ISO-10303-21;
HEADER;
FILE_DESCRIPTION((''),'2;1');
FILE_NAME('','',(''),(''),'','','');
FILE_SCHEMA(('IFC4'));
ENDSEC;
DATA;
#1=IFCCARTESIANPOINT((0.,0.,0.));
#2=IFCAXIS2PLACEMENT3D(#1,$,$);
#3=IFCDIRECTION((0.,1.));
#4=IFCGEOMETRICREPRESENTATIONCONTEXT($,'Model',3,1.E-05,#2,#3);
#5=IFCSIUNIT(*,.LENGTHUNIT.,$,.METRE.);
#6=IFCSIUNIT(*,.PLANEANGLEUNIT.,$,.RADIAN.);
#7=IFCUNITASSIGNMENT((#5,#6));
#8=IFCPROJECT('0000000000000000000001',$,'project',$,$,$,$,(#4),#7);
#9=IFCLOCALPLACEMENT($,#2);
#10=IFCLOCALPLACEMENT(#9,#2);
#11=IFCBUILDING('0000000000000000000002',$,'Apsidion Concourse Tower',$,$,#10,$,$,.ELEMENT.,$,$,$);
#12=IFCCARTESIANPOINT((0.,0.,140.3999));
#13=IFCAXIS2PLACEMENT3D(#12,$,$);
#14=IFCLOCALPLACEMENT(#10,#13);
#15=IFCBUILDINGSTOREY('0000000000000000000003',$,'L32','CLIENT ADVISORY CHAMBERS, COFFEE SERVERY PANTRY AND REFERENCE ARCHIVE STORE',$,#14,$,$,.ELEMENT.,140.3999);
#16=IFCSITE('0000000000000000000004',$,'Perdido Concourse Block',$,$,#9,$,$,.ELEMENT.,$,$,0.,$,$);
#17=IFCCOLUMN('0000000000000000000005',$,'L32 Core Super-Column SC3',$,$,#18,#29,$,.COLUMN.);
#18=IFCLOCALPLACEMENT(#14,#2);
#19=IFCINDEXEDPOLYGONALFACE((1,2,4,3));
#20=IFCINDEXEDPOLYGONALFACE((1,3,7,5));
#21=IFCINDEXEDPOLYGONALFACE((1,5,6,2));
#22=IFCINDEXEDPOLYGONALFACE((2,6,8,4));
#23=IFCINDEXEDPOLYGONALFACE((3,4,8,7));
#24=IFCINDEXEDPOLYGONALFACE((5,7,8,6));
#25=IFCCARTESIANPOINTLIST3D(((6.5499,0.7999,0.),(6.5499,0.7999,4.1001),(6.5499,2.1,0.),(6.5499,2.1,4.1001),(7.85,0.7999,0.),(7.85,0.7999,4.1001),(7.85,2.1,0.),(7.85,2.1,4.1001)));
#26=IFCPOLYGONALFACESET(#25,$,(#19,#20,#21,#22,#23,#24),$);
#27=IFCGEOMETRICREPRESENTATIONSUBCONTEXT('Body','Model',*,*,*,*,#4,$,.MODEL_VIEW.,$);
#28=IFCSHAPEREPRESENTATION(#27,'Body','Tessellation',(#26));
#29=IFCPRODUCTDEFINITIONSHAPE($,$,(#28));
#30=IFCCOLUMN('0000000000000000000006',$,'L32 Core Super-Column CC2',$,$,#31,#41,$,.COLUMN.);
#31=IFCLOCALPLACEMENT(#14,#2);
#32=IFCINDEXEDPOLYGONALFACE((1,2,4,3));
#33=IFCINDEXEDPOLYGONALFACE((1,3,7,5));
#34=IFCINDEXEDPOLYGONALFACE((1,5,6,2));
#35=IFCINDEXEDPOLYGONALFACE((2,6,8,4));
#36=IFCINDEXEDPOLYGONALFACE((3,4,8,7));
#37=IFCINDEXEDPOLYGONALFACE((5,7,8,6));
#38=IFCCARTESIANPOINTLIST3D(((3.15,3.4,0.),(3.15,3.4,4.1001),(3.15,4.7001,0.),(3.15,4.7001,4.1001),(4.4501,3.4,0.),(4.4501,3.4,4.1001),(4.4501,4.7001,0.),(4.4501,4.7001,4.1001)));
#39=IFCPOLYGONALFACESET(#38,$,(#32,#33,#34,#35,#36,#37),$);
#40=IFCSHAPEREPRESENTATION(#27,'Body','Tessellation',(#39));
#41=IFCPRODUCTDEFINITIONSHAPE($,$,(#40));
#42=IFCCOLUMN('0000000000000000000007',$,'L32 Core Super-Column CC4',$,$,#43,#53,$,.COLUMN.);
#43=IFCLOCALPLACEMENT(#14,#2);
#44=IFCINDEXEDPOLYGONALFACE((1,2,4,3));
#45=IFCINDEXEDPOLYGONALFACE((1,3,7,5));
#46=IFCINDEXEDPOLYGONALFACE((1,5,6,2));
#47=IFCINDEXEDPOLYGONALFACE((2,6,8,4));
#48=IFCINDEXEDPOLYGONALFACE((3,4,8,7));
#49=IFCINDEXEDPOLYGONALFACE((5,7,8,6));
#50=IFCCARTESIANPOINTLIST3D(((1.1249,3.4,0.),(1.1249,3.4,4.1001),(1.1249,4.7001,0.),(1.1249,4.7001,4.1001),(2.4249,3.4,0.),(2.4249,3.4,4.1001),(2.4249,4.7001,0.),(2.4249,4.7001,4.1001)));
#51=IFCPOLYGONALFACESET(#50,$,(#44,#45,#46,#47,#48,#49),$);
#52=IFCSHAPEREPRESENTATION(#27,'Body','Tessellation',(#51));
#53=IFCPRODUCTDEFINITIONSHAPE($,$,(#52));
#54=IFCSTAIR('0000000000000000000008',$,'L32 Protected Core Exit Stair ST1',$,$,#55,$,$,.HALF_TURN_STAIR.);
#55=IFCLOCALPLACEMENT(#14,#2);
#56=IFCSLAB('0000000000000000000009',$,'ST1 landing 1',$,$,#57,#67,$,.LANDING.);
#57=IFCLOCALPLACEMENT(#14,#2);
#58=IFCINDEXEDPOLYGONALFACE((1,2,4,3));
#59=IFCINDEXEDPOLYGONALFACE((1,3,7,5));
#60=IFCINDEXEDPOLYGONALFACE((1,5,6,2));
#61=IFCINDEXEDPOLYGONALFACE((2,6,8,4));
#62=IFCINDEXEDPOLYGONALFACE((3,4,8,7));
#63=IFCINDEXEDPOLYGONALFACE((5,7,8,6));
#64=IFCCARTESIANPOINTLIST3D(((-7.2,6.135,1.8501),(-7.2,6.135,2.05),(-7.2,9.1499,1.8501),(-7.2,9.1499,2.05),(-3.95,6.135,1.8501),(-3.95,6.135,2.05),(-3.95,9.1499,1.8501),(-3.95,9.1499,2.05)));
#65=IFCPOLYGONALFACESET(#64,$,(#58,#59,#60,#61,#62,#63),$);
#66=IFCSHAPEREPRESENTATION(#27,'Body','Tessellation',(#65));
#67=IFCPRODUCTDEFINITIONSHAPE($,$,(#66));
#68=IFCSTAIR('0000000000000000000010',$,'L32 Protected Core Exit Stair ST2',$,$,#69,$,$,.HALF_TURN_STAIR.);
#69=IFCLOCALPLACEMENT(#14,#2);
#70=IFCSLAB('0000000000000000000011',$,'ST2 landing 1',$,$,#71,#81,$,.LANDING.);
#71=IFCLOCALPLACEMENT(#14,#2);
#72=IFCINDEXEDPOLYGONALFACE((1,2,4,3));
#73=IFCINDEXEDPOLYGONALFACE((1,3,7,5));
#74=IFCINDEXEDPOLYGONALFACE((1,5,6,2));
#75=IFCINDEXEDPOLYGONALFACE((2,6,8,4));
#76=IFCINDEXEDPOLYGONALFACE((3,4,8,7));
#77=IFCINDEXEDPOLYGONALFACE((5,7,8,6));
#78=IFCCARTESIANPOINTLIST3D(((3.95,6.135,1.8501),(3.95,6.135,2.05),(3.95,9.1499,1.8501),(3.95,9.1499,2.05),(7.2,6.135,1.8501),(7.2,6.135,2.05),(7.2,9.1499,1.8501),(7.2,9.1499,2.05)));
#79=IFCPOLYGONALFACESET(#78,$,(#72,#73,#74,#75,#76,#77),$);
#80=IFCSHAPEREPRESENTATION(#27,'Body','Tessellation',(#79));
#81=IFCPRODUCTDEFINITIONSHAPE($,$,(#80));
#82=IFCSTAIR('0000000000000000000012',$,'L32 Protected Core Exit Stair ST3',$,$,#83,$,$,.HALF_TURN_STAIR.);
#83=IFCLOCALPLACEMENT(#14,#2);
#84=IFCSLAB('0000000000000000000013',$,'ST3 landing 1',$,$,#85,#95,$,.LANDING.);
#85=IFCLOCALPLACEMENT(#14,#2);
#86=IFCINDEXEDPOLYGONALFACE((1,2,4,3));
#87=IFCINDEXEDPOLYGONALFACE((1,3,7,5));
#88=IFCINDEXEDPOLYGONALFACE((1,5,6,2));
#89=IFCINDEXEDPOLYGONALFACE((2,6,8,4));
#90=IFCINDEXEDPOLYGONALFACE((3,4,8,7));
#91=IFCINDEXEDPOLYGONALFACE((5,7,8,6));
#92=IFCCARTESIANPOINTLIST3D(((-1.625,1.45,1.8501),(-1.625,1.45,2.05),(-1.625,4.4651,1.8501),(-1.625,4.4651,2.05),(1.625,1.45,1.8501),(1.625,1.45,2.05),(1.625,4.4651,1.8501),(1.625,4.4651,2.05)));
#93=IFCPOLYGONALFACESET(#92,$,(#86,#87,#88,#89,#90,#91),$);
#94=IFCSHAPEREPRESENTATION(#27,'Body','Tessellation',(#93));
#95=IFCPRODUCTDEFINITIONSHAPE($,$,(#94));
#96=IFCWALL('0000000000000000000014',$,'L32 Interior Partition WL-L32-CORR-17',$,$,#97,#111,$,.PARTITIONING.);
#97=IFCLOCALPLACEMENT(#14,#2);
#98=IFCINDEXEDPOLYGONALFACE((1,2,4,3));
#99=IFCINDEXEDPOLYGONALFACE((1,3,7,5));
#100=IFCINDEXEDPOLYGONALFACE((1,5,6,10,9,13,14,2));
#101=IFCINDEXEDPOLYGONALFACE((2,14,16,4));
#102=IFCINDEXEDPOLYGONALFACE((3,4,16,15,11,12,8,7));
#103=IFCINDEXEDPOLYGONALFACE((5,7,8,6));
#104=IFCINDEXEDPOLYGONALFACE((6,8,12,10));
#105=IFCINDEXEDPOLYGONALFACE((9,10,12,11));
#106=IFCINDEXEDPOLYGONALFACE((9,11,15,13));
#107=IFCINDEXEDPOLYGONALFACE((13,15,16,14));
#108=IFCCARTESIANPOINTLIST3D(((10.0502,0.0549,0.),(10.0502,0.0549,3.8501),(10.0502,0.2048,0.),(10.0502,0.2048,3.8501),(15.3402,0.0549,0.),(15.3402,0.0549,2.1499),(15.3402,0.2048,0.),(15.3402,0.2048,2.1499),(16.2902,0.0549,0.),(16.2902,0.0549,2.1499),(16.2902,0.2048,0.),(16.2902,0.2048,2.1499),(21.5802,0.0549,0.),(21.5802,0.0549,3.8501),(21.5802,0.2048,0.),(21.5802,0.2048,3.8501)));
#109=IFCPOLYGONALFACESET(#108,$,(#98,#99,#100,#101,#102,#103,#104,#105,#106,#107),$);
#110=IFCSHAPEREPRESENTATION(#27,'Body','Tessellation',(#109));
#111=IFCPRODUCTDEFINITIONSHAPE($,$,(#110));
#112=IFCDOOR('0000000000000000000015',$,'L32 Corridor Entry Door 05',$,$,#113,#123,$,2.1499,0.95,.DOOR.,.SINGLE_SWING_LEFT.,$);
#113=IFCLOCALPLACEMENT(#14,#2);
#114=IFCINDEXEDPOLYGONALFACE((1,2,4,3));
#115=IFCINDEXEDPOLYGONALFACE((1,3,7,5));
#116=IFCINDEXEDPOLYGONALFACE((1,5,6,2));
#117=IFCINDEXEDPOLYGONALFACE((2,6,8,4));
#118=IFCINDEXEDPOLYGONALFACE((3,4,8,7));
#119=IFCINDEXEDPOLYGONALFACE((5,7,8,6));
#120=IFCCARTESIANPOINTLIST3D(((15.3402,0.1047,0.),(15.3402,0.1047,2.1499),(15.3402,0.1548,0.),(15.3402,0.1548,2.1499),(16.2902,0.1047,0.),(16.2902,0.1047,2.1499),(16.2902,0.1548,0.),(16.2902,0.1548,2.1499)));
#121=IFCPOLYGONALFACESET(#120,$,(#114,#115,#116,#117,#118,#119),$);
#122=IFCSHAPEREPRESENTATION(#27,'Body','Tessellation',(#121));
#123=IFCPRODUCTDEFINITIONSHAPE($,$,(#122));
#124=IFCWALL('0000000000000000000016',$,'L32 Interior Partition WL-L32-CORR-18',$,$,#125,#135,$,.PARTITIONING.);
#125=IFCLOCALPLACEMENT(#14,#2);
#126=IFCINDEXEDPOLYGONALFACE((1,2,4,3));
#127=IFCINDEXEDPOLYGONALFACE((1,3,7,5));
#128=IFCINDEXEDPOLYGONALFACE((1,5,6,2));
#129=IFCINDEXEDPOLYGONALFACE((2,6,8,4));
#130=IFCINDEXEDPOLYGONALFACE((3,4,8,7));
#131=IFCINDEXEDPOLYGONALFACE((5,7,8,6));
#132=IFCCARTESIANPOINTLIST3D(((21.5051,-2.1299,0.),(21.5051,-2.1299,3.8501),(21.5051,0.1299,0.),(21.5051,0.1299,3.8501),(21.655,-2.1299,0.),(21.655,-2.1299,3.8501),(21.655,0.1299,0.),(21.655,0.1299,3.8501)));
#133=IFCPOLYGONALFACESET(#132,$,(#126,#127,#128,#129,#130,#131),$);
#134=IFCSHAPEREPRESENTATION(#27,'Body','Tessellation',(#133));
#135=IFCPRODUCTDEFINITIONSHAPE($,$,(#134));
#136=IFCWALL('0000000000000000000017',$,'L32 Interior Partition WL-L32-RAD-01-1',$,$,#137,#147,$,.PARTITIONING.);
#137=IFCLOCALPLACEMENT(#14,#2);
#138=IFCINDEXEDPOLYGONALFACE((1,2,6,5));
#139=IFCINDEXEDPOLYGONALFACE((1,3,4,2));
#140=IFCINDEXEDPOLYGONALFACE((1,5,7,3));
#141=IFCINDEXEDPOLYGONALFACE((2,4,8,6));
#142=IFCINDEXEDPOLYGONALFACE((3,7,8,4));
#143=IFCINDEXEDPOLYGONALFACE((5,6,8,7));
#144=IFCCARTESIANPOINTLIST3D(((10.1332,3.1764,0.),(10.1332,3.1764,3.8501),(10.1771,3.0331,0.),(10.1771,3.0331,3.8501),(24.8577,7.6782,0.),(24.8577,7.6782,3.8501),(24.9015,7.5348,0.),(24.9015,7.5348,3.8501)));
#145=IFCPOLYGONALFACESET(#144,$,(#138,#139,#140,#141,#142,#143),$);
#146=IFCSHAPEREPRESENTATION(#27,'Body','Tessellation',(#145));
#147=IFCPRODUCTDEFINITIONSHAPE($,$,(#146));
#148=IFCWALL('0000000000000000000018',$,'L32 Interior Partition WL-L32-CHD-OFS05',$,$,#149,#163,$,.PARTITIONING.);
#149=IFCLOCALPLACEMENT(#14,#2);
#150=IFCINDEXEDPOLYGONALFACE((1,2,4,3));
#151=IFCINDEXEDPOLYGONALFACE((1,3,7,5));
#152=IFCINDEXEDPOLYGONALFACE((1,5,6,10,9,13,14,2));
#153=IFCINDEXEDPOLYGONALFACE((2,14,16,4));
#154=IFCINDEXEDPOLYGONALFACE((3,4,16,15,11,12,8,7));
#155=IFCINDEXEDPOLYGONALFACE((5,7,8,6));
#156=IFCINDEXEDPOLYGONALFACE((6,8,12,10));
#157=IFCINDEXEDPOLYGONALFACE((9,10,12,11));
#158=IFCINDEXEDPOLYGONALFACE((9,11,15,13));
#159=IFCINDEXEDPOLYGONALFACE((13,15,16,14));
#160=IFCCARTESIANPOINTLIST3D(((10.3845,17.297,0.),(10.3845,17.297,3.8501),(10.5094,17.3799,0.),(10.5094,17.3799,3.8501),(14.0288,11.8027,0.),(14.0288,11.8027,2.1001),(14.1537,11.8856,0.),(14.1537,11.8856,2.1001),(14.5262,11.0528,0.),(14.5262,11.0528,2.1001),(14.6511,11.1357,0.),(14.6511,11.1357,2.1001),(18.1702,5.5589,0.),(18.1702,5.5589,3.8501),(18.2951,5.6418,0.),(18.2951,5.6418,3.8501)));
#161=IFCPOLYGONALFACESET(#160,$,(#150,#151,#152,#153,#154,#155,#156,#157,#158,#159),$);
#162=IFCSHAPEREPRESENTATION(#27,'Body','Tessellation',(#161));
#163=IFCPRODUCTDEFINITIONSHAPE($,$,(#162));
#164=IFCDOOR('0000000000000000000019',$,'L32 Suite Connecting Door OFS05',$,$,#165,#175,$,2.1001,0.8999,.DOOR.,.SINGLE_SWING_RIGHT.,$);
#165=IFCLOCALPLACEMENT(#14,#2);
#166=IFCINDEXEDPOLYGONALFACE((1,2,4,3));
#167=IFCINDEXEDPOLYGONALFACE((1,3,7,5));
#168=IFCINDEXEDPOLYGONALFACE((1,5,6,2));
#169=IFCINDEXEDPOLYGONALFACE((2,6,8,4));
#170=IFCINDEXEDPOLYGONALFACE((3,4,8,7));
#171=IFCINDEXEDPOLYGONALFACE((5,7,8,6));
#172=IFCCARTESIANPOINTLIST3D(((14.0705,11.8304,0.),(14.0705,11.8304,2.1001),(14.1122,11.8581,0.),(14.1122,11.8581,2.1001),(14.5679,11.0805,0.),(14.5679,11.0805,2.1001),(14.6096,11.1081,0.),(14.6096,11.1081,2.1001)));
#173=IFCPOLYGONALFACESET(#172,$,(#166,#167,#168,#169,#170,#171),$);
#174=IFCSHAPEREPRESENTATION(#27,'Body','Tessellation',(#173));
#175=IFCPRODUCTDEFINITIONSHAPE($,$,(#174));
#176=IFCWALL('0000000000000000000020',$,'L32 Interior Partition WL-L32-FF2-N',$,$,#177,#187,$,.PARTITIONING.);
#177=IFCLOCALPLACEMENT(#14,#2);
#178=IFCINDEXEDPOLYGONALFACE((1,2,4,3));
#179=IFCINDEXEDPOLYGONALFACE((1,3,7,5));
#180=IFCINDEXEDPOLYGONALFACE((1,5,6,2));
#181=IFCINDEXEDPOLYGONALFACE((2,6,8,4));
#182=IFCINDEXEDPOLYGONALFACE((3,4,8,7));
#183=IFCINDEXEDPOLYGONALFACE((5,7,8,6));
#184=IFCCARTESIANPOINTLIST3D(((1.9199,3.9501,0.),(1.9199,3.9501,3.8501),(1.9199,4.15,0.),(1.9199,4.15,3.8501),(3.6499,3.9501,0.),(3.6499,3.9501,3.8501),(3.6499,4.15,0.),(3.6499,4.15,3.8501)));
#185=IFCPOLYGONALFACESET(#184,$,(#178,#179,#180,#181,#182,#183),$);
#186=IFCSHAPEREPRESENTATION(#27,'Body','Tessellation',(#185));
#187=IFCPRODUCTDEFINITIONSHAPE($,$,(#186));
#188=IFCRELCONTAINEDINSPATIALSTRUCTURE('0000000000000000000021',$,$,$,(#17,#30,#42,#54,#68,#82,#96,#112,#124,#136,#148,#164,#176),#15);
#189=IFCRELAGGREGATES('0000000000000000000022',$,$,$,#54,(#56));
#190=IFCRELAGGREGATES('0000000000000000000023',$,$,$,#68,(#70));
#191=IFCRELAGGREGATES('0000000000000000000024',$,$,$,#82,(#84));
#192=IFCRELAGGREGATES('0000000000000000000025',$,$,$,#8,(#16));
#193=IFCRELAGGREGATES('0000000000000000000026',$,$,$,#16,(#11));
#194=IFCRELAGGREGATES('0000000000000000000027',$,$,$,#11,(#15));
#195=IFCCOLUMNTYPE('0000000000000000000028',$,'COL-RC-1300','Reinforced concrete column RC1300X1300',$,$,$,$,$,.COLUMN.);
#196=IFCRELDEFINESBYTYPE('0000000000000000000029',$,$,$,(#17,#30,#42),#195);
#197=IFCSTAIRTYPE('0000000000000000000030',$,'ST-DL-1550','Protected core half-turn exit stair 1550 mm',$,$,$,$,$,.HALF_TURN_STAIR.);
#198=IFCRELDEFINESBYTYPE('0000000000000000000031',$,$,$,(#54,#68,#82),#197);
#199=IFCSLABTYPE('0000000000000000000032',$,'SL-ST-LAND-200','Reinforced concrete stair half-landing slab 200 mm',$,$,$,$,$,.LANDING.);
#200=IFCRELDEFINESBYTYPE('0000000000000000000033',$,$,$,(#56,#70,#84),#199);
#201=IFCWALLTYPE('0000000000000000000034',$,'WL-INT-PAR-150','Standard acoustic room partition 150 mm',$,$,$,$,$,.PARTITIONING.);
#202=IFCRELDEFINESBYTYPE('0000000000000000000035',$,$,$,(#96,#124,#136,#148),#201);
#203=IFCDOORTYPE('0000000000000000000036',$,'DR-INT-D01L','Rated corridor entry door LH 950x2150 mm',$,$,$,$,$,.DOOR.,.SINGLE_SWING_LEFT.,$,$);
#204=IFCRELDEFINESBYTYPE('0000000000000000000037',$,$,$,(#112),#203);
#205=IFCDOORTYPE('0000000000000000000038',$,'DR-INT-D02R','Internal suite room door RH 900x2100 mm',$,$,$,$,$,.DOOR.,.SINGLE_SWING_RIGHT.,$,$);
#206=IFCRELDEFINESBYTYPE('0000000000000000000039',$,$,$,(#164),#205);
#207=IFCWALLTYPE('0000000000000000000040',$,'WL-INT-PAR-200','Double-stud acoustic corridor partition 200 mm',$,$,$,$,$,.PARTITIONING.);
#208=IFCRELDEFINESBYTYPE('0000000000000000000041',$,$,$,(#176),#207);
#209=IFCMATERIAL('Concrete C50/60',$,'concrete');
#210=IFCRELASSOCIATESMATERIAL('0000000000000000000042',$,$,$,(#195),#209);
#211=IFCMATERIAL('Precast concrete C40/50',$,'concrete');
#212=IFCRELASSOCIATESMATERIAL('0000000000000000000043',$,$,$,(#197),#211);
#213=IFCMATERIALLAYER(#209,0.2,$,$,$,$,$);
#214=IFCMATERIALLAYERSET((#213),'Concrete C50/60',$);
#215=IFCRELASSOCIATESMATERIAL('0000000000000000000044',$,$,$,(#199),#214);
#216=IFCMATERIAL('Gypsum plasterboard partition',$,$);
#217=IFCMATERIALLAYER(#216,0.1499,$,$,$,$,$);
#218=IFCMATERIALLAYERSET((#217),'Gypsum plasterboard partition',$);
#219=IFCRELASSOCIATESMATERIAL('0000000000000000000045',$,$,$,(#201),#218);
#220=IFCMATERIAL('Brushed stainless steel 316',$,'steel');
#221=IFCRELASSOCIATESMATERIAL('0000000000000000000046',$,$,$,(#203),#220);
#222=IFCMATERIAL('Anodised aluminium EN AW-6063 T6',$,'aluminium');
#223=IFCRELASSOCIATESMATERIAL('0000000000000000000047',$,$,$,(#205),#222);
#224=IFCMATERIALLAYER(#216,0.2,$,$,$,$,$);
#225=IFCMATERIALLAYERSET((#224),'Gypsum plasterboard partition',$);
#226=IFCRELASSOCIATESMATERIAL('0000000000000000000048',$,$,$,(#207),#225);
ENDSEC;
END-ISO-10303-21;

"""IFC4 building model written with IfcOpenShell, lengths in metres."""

from ifc_helpers import new_model, si_unit, direction, frame, frame_2d, origin, origin_2d, place, context, subcontext, project, spatial, polyline, rectangle, outline, extrude, material, layer, layer_set, material_profile, profile_set, type_object, element, fill, aggregate, save


model = new_model("IFC4")

# Units and contexts
model_context = context("Model", 3, precision=1e-05, world=origin(), true_north=direction((0.0, 1.0)))
body_context = subcontext(model_context, "Body", "Model", "MODEL_VIEW")
ifc_project = project(units=[si_unit("LENGTHUNIT", "METRE"), si_unit("PLANEANGLEUNIT", "RADIAN")], contexts=[model_context])

# Site, building, storey
site_placement = place(None, origin())
site = spatial("IfcSite", under=ifc_project, at=site_placement, Name="Perdido Concourse Block", CompositionType="ELEMENT", RefElevation=0.0)
building_placement = place(site_placement, origin())
building = spatial("IfcBuilding", under=site, at=building_placement, Name="Apsidion Concourse Tower", CompositionType="ELEMENT")
storey_placement = place(building_placement, frame((0.0, 0.0, 140.3999)))
storey = spatial("IfcBuildingStorey", under=building, at=storey_placement, Name="L32", Description="CLIENT ADVISORY CHAMBERS, COFFEE SERVERY PANTRY AND REFERENCE ARCHIVE STORE", CompositionType="ELEMENT", Elevation=140.3999)

# Columns
ifc_material_1 = material(Name="Concrete C50/60", Category="concrete")
ifc_material_profile = material_profile(ifc_material_1, rectangle(XDim=1.3, YDim=1.3, at=origin_2d()), Name="RC 1300x1300")
ifc_profile_set = profile_set([ifc_material_profile], Name="Concrete C50/60")
column_type = type_object("IfcColumnType", Name="COL-RC-1300", Description="Reinforced concrete column RC1300X1300", PredefinedType="COLUMN", material=ifc_profile_set)
for number, where, z_axis, x_axis, name in (
    (1, (7.2, 1.45, 0.0), (0.0, 0.0, 1.0), (1.0, 0.0, 0.0), "L32 Core Super-Column SC3"),
    (2, (3.8, 4.05, 0.0), (0.0, 0.0, 1.0), (1.0, 0.0, 0.0), "L32 Core Super-Column CC2"),
    (3, (1.7749, 4.05, 0.0), (0.0, 0.0, 1.0), (1.0, 0.0, 0.0), "L32 Core Super-Column CC4"),
):
    element("IfcColumn", number, at=place(storey_placement, frame(where, z_axis=z_axis, x_axis=x_axis)), inside=storey, type_object=column_type, Name=name, PredefinedType="COLUMN", context=body_context, shape_type="SweptSolid", body=[
        extrude(rectangle(XDim=1.3, YDim=1.3, at=origin_2d()), origin(), (0.0, 0.0, 1.0), 4.1001),
    ])

# Stairs, slabs
ifc_material_2 = material(Name="Precast concrete C40/50", Category="concrete")
stair_type = type_object("IfcStairType", Name="ST-DL-1550", Description="Protected core half-turn exit stair 1550 mm", PredefinedType="HALF_TURN_STAIR", material=ifc_material_2)
stair_1_placement = place(storey_placement, origin())
stair_1 = element("IfcStair", 4, at=stair_1_placement, inside=storey, type_object=stair_type, Name="L32 Protected Core Exit Stair ST1", PredefinedType="HALF_TURN_STAIR")
ifc_layer_1 = layer(ifc_material_1, 0.2)
ifc_layer_set_1 = layer_set([ifc_layer_1], Name="Concrete C50/60")
slab_type = type_object("IfcSlabType", Name="SL-ST-LAND-200", Description="Reinforced concrete stair half-landing slab 200 mm", PredefinedType="LANDING", material=ifc_layer_set_1)
slab_1_placement = place(storey_placement, frame((0.0, 0.0, 1.8501)))
slab_1 = element("IfcSlab", 5, at=slab_1_placement, type_object=slab_type, Name="ST1 landing 1", PredefinedType="LANDING", context=body_context, shape_type="SweptSolid", body=[
    extrude(outline(polyline([(-3.95, 6.135), (-3.95, 9.1499), (-7.2, 9.1499), (-7.2, 6.135), (-3.95, 6.135)])), origin(), (0.0, 0.0, 1.0), 0.2),
])
aggregate(stair_1, [slab_1])
stair_2_placement = place(storey_placement, origin())
stair_2 = element("IfcStair", 6, at=stair_2_placement, inside=storey, type_object=stair_type, Name="L32 Protected Core Exit Stair ST2", PredefinedType="HALF_TURN_STAIR")
slab_2_placement = place(storey_placement, frame((0.0, 0.0, 1.8501)))
slab_2 = element("IfcSlab", 7, at=slab_2_placement, type_object=slab_type, Name="ST2 landing 1", PredefinedType="LANDING", context=body_context, shape_type="SweptSolid", body=[
    extrude(outline(polyline([(7.2, 6.135), (7.2, 9.1499), (3.95, 9.1499), (3.95, 6.135), (7.2, 6.135)])), origin(), (0.0, 0.0, 1.0), 0.2),
])
stair_3_placement = place(storey_placement, origin())
stair_3 = element("IfcStair", 8, at=stair_3_placement, inside=storey, type_object=stair_type, Name="L32 Protected Core Exit Stair ST3", PredefinedType="HALF_TURN_STAIR")
slab_3_placement = place(storey_placement, frame((0.0, 0.0, 1.8501)))
slab_3 = element("IfcSlab", 9, at=slab_3_placement, type_object=slab_type, Name="ST3 landing 1", PredefinedType="LANDING", context=body_context, shape_type="SweptSolid", body=[
    extrude(outline(polyline([(-1.625, 4.4651), (-1.625, 1.45), (1.625, 1.45), (1.625, 4.4651), (-1.625, 4.4651)])), origin(), (0.0, 0.0, 1.0), 0.2),
])

# Wall, opening, door
ifc_material_3 = material(Name="Gypsum plasterboard partition")
ifc_layer_2 = layer(ifc_material_3, 0.1499)
ifc_layer_set_2 = layer_set([ifc_layer_2], Name="Gypsum plasterboard partition")
wall_type_1 = type_object("IfcWallType", Name="WL-INT-PAR-150", Description="Standard acoustic room partition 150 mm", PredefinedType="PARTITIONING", material=ifc_layer_set_2)
wall_1_placement = place(storey_placement, frame((10.05, 0.1299, 0.0), z_axis=(0.0, 0.0, 1.0), x_axis=(1.0, 0.0, 0.0)))
wall_1 = element("IfcWall", 10, at=wall_1_placement, inside=storey, type_object=wall_type_1, Name="L32 Interior Partition WL-L32-CORR-17", PredefinedType="PARTITIONING", context=body_context, shape_type="SweptSolid", body=[
    extrude(rectangle(XDim=11.53, YDim=0.1499, at=frame_2d((5.7651, 0.0))), origin(), (0.0, 0.0, 1.0), 3.8501),
])
opening_1_placement = place(wall_1_placement, frame((5.29, 0.0, 0.0)))
opening_1 = element("IfcOpeningElement", 11, at=opening_1_placement, cuts=wall_1, PredefinedType="OPENING", context=body_context, shape_type="SweptSolid", body=[
    extrude(rectangle(XDim=0.95, YDim=2.1499, at=frame_2d((0.4751, 1.075))), frame((0.0, 0.085, 0.0), z_axis=(0.0, -1.0, 0.0), x_axis=(1.0, 0.0, 0.0)), (0.0, 0.0, 1.0), 0.1699),
])
ifc_material_4 = material(Name="Brushed stainless steel 316", Category="steel")
door_type_1 = type_object("IfcDoorType", Name="DR-INT-D01L", Description="Rated corridor entry door LH 950x2150 mm", OperationType="SINGLE_SWING_LEFT", PredefinedType="DOOR", material=ifc_material_4)
door_1_placement = place(opening_1_placement, origin())
door_1 = element("IfcDoor", 12, at=door_1_placement, inside=storey, type_object=door_type_1, Name="L32 Corridor Entry Door 05", OperationType="SINGLE_SWING_LEFT", OverallHeight=2.1499, OverallWidth=0.95, PredefinedType="DOOR", context=body_context, shape_type="SweptSolid", body=[
    extrude(rectangle(XDim=0.95, YDim=2.1499, at=frame_2d((0.4751, 1.075))), frame((0.0, 0.0249, 0.0), z_axis=(0.0, -1.0, 0.0), x_axis=(1.0, 0.0, 0.0)), (0.0, 0.0, 1.0), 0.05),
])
fill(opening_1, door_1)

# Walls
wall_2_placement = place(storey_placement, frame((21.5801, 0.1299, 0.0), z_axis=(0.0, 0.0, 1.0), x_axis=(0.0, -1.0, 0.0)))
element("IfcWall", 13, at=wall_2_placement, inside=storey, type_object=wall_type_1, Name="L32 Interior Partition WL-L32-CORR-18", PredefinedType="PARTITIONING", context=body_context, shape_type="SweptSolid", body=[
    extrude(rectangle(XDim=2.2598, YDim=0.1499, at=frame_2d((1.1299, 0.0))), origin(), (0.0, 0.0, 1.0), 3.8501),
])
wall_3_placement = place(storey_placement, frame((10.155, 3.1047, 0.0), z_axis=(0.0, 0.0, 1.0), x_axis=(0.956304, 0.292373, 0.0)))
element("IfcWall", 14, at=wall_3_placement, inside=storey, type_object=wall_type_1, Name="L32 Interior Partition WL-L32-RAD-01-1", PredefinedType="PARTITIONING", context=body_context, shape_type="SweptSolid", body=[
    extrude(rectangle(XDim=15.3972, YDim=0.1499, at=frame_2d((7.6987, 0.0))), origin(), (0.0, 0.0, 1.0), 3.8501),
])

# Wall, opening, door
wall_4_placement = place(storey_placement, frame((18.2327, 5.6003, 0.0), z_axis=(0.0, 0.0, 1.0), x_axis=(-0.552747, 0.833349, 0.0)))
wall_4 = element("IfcWall", 15, at=wall_4_placement, inside=storey, type_object=wall_type_1, Name="L32 Interior Partition WL-L32-CHD-OFS05", PredefinedType="PARTITIONING", context=body_context, shape_type="SweptSolid", body=[
    extrude(rectangle(XDim=14.0854, YDim=0.1499, at=frame_2d((7.0427, 0.0))), origin(), (0.0, 0.0, 1.0), 3.8501),
])
opening_2_placement = place(wall_4_placement, frame((6.5925, 0.0, 0.0)))
opening_2 = element("IfcOpeningElement", 16, at=opening_2_placement, cuts=wall_4, PredefinedType="OPENING", context=body_context, shape_type="SweptSolid", body=[
    extrude(rectangle(XDim=0.8999, YDim=2.1001, at=frame_2d((0.45, 1.05))), frame((0.0, 0.085, 0.0), z_axis=(0.0, -1.0, 0.0), x_axis=(1.0, 0.0, 0.0)), (0.0, 0.0, 1.0), 0.1699),
])
ifc_material_5 = material(Name="Anodised aluminium EN AW-6063 T6", Category="aluminium")
door_type_2 = type_object("IfcDoorType", Name="DR-INT-D02R", Description="Internal suite room door RH 900x2100 mm", OperationType="SINGLE_SWING_RIGHT", PredefinedType="DOOR", material=ifc_material_5)
door_2_placement = place(opening_2_placement, origin())
door_2 = element("IfcDoor", 17, at=door_2_placement, inside=storey, type_object=door_type_2, Name="L32 Suite Connecting Door OFS05", OperationType="SINGLE_SWING_RIGHT", OverallHeight=2.1001, OverallWidth=0.8999, PredefinedType="DOOR", context=body_context, shape_type="SweptSolid", body=[
    extrude(rectangle(XDim=0.8999, YDim=2.1001, at=frame_2d((0.45, 1.05))), frame((0.0, 0.0249, 0.0), z_axis=(0.0, -1.0, 0.0), x_axis=(1.0, 0.0, 0.0)), (0.0, 0.0, 1.0), 0.05),
])
fill(opening_2, door_2)

# Wall
ifc_layer_3 = layer(ifc_material_3, 0.2)
ifc_layer_set_3 = layer_set([ifc_layer_3], Name="Gypsum plasterboard partition")
wall_type_2 = type_object("IfcWallType", Name="WL-INT-PAR-200", Description="Double-stud acoustic corridor partition 200 mm", PredefinedType="PARTITIONING", material=ifc_layer_set_3)
wall_5_placement = place(storey_placement, frame((1.9199, 4.05, 0.0), z_axis=(0.0, 0.0, 1.0), x_axis=(1.0, 0.0, 0.0)))
element("IfcWall", 18, at=wall_5_placement, inside=storey, type_object=wall_type_2, Name="L32 Interior Partition WL-L32-FF2-N", PredefinedType="PARTITIONING", context=body_context, shape_type="SweptSolid", body=[
    extrude(rectangle(XDim=1.73, YDim=0.2, at=frame_2d((0.865, 0.0))), origin(), (0.0, 0.0, 1.0), 3.8501),
])

aggregate(stair_2, [slab_2])
aggregate(stair_3, [slab_3])

save(model, "model.ifc")
